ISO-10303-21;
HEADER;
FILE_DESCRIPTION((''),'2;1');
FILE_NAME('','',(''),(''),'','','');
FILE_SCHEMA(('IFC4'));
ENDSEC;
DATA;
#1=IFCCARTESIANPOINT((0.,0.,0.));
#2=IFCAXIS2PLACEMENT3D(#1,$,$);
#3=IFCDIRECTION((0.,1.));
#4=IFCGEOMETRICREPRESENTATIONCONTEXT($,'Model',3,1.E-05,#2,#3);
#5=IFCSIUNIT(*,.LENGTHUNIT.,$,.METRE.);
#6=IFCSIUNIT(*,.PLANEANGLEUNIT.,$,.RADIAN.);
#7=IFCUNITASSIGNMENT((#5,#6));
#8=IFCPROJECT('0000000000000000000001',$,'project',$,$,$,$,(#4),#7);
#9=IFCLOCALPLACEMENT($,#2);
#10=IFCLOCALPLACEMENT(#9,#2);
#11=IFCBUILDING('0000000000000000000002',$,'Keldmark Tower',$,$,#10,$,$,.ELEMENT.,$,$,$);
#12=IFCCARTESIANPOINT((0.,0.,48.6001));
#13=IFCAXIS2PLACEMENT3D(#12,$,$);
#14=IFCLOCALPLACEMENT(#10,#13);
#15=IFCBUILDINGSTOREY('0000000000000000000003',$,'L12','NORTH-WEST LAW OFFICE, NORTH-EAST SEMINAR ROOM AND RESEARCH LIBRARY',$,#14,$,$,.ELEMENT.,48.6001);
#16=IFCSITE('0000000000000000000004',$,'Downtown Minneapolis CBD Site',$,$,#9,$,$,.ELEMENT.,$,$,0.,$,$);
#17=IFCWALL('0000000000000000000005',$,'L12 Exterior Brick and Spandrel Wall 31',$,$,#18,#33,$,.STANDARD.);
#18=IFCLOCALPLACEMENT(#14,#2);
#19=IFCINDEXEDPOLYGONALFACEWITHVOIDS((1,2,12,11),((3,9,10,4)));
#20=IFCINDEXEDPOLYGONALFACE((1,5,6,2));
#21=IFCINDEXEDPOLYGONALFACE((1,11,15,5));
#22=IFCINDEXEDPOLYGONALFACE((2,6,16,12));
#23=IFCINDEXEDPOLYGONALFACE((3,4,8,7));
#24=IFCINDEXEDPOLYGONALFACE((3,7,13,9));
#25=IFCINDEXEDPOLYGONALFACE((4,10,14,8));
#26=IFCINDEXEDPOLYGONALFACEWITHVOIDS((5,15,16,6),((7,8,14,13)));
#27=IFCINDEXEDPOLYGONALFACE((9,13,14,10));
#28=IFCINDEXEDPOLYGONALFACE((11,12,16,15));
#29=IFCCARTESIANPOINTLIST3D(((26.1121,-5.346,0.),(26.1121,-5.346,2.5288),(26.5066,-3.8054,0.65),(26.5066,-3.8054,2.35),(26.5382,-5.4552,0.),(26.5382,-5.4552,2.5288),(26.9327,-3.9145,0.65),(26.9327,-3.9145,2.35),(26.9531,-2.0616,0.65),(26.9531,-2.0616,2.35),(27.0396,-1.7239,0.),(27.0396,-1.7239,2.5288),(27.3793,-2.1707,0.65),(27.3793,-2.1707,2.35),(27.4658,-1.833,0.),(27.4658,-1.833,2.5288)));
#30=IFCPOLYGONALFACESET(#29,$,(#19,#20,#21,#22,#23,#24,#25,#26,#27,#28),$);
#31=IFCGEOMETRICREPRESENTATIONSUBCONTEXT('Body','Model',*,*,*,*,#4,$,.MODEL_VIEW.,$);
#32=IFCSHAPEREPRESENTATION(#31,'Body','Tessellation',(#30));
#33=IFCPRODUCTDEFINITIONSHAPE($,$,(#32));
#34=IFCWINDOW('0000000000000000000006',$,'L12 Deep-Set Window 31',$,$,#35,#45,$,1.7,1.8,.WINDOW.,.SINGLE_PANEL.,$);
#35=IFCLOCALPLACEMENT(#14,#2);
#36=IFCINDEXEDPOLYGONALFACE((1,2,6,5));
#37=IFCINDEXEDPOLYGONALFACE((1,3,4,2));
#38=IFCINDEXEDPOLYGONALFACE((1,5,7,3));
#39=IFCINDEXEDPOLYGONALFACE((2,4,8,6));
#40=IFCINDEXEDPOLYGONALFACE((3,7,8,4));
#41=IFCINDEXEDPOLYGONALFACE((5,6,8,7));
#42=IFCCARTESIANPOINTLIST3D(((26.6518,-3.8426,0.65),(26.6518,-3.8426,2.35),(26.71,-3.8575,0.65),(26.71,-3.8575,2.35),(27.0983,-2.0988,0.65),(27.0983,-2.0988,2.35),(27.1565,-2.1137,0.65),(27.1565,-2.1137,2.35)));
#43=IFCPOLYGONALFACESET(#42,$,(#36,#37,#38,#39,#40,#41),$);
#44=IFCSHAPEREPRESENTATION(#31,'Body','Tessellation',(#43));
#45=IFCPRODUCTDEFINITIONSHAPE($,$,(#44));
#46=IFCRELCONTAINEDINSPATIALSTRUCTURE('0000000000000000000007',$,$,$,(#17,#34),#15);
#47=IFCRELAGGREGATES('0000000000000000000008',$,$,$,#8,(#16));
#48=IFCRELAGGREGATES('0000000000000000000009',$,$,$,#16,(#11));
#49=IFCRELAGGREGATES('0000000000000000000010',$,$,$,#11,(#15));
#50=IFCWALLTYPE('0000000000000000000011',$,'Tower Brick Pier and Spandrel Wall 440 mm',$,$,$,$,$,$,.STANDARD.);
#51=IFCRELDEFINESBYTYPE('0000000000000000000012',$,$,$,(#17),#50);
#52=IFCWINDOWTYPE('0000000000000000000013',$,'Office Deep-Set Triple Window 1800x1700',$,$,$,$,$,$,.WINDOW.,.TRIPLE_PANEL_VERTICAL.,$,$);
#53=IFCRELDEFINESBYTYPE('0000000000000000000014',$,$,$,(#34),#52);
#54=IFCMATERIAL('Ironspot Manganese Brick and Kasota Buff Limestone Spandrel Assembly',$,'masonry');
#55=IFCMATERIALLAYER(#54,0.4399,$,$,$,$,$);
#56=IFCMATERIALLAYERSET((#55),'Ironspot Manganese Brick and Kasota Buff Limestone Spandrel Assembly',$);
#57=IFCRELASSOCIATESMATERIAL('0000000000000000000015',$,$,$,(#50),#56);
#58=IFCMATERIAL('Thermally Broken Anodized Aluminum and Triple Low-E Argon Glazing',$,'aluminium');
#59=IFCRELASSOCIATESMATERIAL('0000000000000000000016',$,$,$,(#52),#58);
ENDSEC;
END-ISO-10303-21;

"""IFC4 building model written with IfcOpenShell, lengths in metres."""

from ifc_helpers import new_model, si_unit, direction, frame, frame_2d, origin, place, context, subcontext, project, spatial, rectangle, extrude, material, layer, layer_set, type_object, element, fill, save


model = new_model("IFC4")

# Units and contexts
model_context = context("Model", 3, precision=1e-05, world=origin(), true_north=direction((0.0, 1.0)))
body_context = subcontext(model_context, "Body", "Model", "MODEL_VIEW")
ifc_project = project(units=[si_unit("LENGTHUNIT", "METRE"), si_unit("PLANEANGLEUNIT", "RADIAN")], contexts=[model_context])

# Site, building, storey
site_placement = place(None, origin())
site = spatial("IfcSite", under=ifc_project, at=site_placement, Name="Downtown Minneapolis CBD Site", CompositionType="ELEMENT", RefElevation=0.0)
building_placement = place(site_placement, origin())
building = spatial("IfcBuilding", under=site, at=building_placement, Name="Keldmark Tower", CompositionType="ELEMENT")
storey_placement = place(building_placement, frame((0.0, 0.0, 48.6001)))
storey = spatial("IfcBuildingStorey", under=building, at=storey_placement, Name="L12", Description="NORTH-WEST LAW OFFICE, NORTH-EAST SEMINAR ROOM AND RESEARCH LIBRARY", CompositionType="ELEMENT", Elevation=48.6001)

# Wall, opening, window
ifc_material_1 = material(Name="Ironspot Manganese Brick and Kasota Buff Limestone Spandrel Assembly", Category="masonry")
ifc_layer_1 = layer(ifc_material_1, 0.4399)
ifc_layer_set_1 = layer_set([ifc_layer_1], Name="Ironspot Manganese Brick and Kasota Buff Limestone Spandrel Assembly")
wall_type_1 = type_object("IfcWallType", Name="Tower Brick Pier and Spandrel Wall 440 mm", PredefinedType="STANDARD", material=ifc_layer_set_1)
ifc_material_2 = material(Name="Thermally Broken Anodized Aluminum and Triple Low-E Argon Glazing", Category="aluminium")
window_type = type_object("IfcWindowType", Name="Office Deep-Set Triple Window 1800x1700", PartitioningType="TRIPLE_PANEL_VERTICAL", PredefinedType="WINDOW", material=ifc_material_2)
wall_1_placement = place(storey_placement, frame((27.2527, -1.7783, 0.0), z_axis=(0.0, 0.0, 1.0), x_axis=(-0.248063, -0.968744, 0.0)))
wall_1 = element("IfcWall", 1, at=wall_1_placement, inside=storey, type_object=wall_type_1, Name="L12 Exterior Brick and Spandrel Wall 31", PredefinedType="STANDARD", context=body_context, shape_type="SweptSolid", body=[
    extrude(rectangle(XDim=3.739, YDim=0.4399, at=frame_2d((1.8696, 0.0))), origin(), (0.0, 0.0, 1.0), 2.5288),
])
opening_1_placement = place(wall_1_placement, frame((0.3489, 0.0, 0.6499)))
opening_1 = element("IfcOpeningElement", 2, at=opening_1_placement, cuts=wall_1, PredefinedType="OPENING", context=body_context, shape_type="SweptSolid", body=[
    extrude(rectangle(XDim=1.8, YDim=1.7, at=frame_2d((0.8999, 0.8501))), frame((0.0, 0.23, 0.0), z_axis=(0.0, -1.0, 0.0), x_axis=(1.0, 0.0, 0.0)), (0.0, 0.0, 1.0), 0.46),
])
window_1_placement = place(opening_1_placement, origin())
window_1 = element("IfcWindow", 3, at=window_1_placement, inside=storey, type_object=window_type, Name="L12 Deep-Set Window 31", OverallHeight=1.7, OverallWidth=1.8, PartitioningType="SINGLE_PANEL", PredefinedType="WINDOW", context=body_context, shape_type="SweptSolid", body=[
    extrude(rectangle(XDim=1.8, YDim=1.7, at=frame_2d((0.8999, 0.8501))), frame((0.0, -0.01, 0.0), z_axis=(0.0, -1.0, 0.0), x_axis=(1.0, 0.0, 0.0)), (0.0, 0.0, 1.0), 0.0601),
])
fill(opening_1, window_1)

save(model, "model.ifc")
